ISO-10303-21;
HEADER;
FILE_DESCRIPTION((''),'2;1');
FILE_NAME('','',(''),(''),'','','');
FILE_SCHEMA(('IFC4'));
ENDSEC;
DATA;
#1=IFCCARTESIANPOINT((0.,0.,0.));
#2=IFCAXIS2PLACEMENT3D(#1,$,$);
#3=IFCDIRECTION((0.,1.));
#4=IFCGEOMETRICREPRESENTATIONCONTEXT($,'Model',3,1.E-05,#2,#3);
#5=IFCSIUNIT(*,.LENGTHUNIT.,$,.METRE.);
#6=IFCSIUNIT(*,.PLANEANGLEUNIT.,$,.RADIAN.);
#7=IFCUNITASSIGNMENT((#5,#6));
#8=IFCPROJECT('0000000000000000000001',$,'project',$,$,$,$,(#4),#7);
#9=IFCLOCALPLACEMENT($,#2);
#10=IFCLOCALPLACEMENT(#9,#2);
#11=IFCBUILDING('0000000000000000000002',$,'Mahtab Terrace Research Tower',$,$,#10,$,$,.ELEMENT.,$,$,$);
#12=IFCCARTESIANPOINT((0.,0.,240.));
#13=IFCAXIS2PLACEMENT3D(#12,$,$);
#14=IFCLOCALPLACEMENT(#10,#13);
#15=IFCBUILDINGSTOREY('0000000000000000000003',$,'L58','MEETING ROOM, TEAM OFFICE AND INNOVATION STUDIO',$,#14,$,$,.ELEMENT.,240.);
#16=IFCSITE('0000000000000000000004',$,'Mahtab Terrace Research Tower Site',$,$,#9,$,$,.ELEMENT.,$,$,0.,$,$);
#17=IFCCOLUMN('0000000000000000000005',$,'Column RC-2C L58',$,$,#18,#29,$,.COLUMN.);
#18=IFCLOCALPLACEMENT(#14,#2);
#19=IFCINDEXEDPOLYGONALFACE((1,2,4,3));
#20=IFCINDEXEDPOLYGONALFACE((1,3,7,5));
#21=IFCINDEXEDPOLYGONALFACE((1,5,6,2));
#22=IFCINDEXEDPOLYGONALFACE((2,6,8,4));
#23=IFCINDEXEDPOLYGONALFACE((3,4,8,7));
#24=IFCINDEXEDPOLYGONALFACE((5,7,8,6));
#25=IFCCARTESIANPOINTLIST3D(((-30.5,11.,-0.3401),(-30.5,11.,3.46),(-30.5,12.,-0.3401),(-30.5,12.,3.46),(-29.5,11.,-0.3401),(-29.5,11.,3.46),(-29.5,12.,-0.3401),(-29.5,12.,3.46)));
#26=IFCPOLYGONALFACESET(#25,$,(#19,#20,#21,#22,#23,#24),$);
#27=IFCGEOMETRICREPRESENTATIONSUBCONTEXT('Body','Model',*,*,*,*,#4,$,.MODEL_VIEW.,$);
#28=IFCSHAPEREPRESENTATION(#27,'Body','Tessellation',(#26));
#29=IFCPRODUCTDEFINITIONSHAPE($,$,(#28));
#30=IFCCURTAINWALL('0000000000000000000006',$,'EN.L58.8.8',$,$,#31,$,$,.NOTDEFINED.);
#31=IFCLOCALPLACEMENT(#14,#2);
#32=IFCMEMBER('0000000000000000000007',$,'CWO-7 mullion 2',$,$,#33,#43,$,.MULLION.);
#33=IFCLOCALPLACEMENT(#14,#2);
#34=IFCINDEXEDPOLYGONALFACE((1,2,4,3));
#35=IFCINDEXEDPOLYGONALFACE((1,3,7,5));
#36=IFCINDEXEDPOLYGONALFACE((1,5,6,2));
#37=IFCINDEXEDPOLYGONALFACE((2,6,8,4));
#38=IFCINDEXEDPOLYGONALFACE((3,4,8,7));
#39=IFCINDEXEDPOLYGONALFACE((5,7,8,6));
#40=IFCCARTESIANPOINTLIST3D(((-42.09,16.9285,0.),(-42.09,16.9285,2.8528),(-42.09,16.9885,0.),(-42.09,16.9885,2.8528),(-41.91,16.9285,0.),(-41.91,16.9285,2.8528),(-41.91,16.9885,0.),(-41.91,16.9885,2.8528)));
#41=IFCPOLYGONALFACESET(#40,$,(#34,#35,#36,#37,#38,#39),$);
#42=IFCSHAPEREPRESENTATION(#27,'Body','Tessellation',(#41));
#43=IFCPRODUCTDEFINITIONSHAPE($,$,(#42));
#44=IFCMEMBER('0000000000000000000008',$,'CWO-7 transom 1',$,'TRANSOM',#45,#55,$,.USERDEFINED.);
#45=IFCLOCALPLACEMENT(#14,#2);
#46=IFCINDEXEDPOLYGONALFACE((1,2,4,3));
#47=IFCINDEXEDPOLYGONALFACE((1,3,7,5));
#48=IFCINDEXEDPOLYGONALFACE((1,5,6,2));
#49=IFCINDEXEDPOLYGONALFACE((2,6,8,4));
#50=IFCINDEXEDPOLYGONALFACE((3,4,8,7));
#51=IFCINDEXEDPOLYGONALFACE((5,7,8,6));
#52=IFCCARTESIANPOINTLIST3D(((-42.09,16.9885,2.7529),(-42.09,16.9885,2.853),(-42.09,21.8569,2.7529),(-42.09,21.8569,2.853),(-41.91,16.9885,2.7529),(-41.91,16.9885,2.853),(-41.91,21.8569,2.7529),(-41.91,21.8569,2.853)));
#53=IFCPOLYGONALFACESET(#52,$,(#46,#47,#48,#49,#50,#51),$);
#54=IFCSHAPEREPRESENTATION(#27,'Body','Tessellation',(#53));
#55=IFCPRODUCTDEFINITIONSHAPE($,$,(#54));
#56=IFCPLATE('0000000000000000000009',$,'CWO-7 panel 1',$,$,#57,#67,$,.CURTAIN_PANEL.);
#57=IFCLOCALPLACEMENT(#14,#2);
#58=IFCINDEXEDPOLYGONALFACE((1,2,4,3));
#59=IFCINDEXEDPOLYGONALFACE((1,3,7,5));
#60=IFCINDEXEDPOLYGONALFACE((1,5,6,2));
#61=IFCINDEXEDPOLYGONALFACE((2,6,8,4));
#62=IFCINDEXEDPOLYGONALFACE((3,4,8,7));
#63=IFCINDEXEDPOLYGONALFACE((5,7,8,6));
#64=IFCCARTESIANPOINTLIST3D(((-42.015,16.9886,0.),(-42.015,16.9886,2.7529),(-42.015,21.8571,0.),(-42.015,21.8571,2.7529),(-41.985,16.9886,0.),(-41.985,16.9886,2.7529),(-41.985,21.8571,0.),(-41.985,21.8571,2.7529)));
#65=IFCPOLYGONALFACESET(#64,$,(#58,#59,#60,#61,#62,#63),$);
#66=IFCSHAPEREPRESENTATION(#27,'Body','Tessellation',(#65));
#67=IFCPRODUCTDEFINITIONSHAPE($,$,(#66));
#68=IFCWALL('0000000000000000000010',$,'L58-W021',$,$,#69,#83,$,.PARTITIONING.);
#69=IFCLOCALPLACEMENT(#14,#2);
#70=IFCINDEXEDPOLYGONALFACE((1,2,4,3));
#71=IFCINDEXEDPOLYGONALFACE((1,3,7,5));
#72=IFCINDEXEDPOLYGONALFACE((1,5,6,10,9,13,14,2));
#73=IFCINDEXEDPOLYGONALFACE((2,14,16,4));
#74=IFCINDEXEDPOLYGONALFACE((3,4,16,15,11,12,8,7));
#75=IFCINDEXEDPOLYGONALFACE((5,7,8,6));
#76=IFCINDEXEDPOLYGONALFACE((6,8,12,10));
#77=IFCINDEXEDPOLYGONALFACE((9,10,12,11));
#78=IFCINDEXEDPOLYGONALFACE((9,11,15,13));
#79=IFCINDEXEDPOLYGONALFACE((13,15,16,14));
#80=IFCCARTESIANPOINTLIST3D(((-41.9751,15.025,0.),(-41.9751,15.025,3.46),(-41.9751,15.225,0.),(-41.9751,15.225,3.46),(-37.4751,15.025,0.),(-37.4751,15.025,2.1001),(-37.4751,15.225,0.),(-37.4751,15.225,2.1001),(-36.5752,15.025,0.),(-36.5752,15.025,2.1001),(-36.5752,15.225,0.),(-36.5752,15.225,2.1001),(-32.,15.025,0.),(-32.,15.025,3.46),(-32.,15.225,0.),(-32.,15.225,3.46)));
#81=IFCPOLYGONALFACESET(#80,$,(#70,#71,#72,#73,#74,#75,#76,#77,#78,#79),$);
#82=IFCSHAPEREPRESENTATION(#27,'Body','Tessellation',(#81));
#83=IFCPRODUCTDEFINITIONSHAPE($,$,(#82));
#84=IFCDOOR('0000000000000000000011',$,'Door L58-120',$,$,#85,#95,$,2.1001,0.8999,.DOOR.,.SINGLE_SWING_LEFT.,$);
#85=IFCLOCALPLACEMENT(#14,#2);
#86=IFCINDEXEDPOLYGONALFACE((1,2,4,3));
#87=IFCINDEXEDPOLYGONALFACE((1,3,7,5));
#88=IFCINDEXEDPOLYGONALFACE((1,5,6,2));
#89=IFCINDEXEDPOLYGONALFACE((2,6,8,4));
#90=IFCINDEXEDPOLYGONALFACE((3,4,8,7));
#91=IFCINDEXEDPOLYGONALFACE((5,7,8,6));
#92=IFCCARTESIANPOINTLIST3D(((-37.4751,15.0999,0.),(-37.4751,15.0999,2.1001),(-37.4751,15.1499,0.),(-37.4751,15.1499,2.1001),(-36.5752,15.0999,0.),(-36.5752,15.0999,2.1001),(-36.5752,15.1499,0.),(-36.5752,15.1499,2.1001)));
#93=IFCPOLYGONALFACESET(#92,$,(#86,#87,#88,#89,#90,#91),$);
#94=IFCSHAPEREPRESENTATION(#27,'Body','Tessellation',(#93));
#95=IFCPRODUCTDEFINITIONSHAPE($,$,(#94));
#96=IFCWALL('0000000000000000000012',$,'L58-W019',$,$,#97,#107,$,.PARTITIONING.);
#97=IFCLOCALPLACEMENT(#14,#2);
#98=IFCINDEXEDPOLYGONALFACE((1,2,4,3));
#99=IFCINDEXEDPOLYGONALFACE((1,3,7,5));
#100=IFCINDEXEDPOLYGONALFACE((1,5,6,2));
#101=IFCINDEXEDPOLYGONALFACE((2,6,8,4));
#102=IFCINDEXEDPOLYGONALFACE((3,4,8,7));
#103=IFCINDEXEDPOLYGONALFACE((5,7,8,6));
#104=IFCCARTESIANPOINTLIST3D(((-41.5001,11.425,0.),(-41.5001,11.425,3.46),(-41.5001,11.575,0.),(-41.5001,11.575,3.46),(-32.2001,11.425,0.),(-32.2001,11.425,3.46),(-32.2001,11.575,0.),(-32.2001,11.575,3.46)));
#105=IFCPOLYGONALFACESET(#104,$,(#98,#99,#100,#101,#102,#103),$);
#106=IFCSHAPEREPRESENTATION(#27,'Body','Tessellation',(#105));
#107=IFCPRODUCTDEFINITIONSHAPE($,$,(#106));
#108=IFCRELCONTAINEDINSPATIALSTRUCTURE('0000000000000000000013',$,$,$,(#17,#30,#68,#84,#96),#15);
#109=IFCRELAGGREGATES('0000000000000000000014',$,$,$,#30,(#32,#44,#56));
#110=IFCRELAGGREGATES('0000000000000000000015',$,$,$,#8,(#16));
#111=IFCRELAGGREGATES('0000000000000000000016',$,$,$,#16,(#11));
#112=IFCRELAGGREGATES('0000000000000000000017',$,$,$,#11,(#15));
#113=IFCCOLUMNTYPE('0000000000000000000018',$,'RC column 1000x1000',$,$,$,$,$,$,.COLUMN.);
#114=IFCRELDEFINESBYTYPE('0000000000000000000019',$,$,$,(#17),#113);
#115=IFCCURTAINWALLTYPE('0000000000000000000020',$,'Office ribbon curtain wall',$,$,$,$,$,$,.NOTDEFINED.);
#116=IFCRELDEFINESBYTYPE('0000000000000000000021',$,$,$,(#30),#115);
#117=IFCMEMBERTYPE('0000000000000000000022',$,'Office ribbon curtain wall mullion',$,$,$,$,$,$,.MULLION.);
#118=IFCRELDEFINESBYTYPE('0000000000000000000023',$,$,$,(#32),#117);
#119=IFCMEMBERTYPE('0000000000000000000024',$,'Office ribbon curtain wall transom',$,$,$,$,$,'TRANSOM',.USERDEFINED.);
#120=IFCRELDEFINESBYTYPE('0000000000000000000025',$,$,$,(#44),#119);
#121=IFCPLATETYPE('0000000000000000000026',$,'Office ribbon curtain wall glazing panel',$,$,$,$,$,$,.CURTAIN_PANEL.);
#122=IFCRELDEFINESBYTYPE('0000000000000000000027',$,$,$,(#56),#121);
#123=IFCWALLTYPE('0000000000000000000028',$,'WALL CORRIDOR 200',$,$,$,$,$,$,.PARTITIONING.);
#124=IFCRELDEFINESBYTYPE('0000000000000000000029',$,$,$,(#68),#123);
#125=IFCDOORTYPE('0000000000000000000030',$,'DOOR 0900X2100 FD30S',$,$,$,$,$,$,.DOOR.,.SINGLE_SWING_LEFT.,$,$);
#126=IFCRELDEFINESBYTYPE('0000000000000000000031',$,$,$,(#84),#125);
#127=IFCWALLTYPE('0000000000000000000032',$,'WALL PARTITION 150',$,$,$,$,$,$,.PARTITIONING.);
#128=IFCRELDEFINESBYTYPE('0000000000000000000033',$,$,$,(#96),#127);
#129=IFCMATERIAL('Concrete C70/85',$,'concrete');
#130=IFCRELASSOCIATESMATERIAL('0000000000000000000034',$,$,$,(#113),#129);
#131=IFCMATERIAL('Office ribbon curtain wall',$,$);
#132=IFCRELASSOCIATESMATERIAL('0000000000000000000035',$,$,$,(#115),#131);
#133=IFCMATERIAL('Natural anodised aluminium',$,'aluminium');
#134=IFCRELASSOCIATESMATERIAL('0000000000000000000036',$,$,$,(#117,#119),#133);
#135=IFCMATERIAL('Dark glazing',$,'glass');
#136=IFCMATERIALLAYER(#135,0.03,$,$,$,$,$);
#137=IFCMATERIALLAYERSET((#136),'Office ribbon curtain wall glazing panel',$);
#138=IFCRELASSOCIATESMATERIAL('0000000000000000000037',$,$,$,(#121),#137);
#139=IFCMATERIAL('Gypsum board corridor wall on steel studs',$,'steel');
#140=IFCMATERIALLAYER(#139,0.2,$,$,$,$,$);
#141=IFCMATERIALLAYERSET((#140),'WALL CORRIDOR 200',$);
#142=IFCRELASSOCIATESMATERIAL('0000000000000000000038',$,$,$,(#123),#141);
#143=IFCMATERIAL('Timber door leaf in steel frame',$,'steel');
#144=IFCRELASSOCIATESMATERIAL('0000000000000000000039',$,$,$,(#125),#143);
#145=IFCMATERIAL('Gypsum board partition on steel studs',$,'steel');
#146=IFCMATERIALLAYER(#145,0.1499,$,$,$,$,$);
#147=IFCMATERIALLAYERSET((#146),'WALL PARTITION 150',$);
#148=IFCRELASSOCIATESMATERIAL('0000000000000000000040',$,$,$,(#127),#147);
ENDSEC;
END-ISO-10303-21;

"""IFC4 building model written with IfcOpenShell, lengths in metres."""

from ifc_helpers import new_model, si_unit, direction, frame, frame_2d, origin, origin_2d, place, context, subcontext, project, spatial, rectangle, extrude, material, layer, layer_set, material_profile, profile_set, type_object, element, fill, aggregate, save


model = new_model("IFC4")

# Units and contexts
model_context = context("Model", 3, precision=1e-05, world=origin(), true_north=direction((0.0, 1.0)))
body_context = subcontext(model_context, "Body", "Model", "MODEL_VIEW")
ifc_project = project(units=[si_unit("LENGTHUNIT", "METRE"), si_unit("PLANEANGLEUNIT", "RADIAN")], contexts=[model_context])

# Site, building, storey
site_placement = place(None, origin())
site = spatial("IfcSite", under=ifc_project, at=site_placement, Name="Mahtab Terrace Research Tower Site", CompositionType="ELEMENT", RefElevation=0.0)
building_placement = place(site_placement, origin())
building = spatial("IfcBuilding", under=site, at=building_placement, Name="Mahtab Terrace Research Tower", CompositionType="ELEMENT")
storey_placement = place(building_placement, frame((0.0, 0.0, 240.0)))
storey = spatial("IfcBuildingStorey", under=building, at=storey_placement, Name="L58", Description="MEETING ROOM, TEAM OFFICE AND INNOVATION STUDIO", CompositionType="ELEMENT", Elevation=240.0)

# Column
ifc_material_1 = material(Name="Concrete C70/85", Category="concrete")
ifc_material_profile_1 = material_profile(ifc_material_1, rectangle(XDim=1.0, YDim=1.0, at=origin_2d()), Name="RC column 1000x1000")
ifc_profile_set_1 = profile_set([ifc_material_profile_1], Name="Concrete C70/85")
column_type = type_object("IfcColumnType", Name="RC column 1000x1000", PredefinedType="COLUMN", material=ifc_profile_set_1)
column_placement = place(storey_placement, frame((-30.0, 11.5, -0.3401), z_axis=(0.0, 0.0, 1.0), x_axis=(1.0, 0.0, 0.0)))
element("IfcColumn", 1, at=column_placement, inside=storey, type_object=column_type, Name="Column RC-2C L58", PredefinedType="COLUMN", context=body_context, shape_type="SweptSolid", body=[
    extrude(rectangle(XDim=1.0, YDim=1.0, at=origin_2d()), origin(), (0.0, 0.0, 1.0), 3.8),
])

# Curtain wall, members, plate
ifc_material_2 = material(Name="Office ribbon curtain wall")
curtain_wall_type = type_object("IfcCurtainWallType", Name="Office ribbon curtain wall", PredefinedType="NOTDEFINED", material=ifc_material_2)
curtain_wall_placement = place(storey_placement, origin())
curtain_wall = element("IfcCurtainWall", 2, at=curtain_wall_placement, inside=storey, type_object=curtain_wall_type, Name="EN.L58.8.8", PredefinedType="NOTDEFINED")
ifc_material_3 = material(Name="Natural anodised aluminium", Category="aluminium")
ifc_material_profile_2 = material_profile(ifc_material_3, rectangle(XDim=0.1799, YDim=0.0601, at=origin_2d()), Name="MULLION 60x180")
ifc_profile_set_2 = profile_set([ifc_material_profile_2], Name="Natural anodised aluminium")
member_type_1 = type_object("IfcMemberType", Name="Office ribbon curtain wall mullion", PredefinedType="MULLION", material=ifc_profile_set_2)
member_1_placement = place(storey_placement, frame((-42.0, 16.9585, 0.0), z_axis=(0.0, 0.0, 1.0), x_axis=(1.0, 0.0, 0.0)))
member_1 = element("IfcMember", 3, at=member_1_placement, type_object=member_type_1, Name="CWO-7 mullion 2", PredefinedType="MULLION", context=body_context, shape_type="SweptSolid", body=[
    extrude(rectangle(XDim=0.1799, YDim=0.0601, at=origin_2d()), origin(), (0.0, 0.0, 1.0), 2.8528),
])
ifc_material_profile_3 = material_profile(ifc_material_3, rectangle(XDim=0.1799, YDim=0.1001, at=origin_2d()), Name="TRANSOM 100x180")
ifc_profile_set_3 = profile_set([ifc_material_profile_3], Name="Natural anodised aluminium")
member_type_2 = type_object("IfcMemberType", Name="Office ribbon curtain wall transom", ElementType="TRANSOM", PredefinedType="USERDEFINED", material=ifc_profile_set_3)
member_2_placement = place(storey_placement, frame((-42.0, 21.8569, 2.803), z_axis=(0.0, -1.0, 0.0), x_axis=(1.0, 0.0, 0.0)))
member_2 = element("IfcMember", 4, at=member_2_placement, type_object=member_type_2, Name="CWO-7 transom 1", ObjectType="TRANSOM", PredefinedType="USERDEFINED", context=body_context, shape_type="SweptSolid", body=[
    extrude(rectangle(XDim=0.1799, YDim=0.1001, at=origin_2d()), origin(), (0.0, 0.0, 1.0), 4.8684),
])
ifc_material_4 = material(Name="Dark glazing", Category="glass")
ifc_layer_1 = layer(ifc_material_4, 0.03)
ifc_layer_set_1 = layer_set([ifc_layer_1], Name="Office ribbon curtain wall glazing panel")
plate_type = type_object("IfcPlateType", Name="Office ribbon curtain wall glazing panel", PredefinedType="CURTAIN_PANEL", material=ifc_layer_set_1)
plate_placement = place(storey_placement, frame((-42.0, 19.4229, 0.0), z_axis=(0.0, 0.0, 1.0), x_axis=(0.0, -1.0, 0.0)))
plate = element("IfcPlate", 5, at=plate_placement, type_object=plate_type, Name="CWO-7 panel 1", PredefinedType="CURTAIN_PANEL", context=body_context, shape_type="SweptSolid", body=[
    extrude(rectangle(XDim=4.8684, YDim=0.03, at=origin_2d()), origin(), (0.0, 0.0, 1.0), 2.7529),
])
aggregate(curtain_wall, [member_1, member_2, plate])

# Wall, opening, door
ifc_material_5 = material(Name="Gypsum board corridor wall on steel studs", Category="steel")
ifc_layer_2 = layer(ifc_material_5, 0.2)
ifc_layer_set_2 = layer_set([ifc_layer_2], Name="WALL CORRIDOR 200")
wall_type_1 = type_object("IfcWallType", Name="WALL CORRIDOR 200", PredefinedType="PARTITIONING", material=ifc_layer_set_2)
wall_1_placement = place(storey_placement, frame((-41.9751, 15.125, 0.0), z_axis=(0.0, 0.0, 1.0), x_axis=(1.0, 0.0, 0.0)))
wall_1 = element("IfcWall", 6, at=wall_1_placement, inside=storey, type_object=wall_type_1, Name="L58-W021", PredefinedType="PARTITIONING", context=body_context, shape_type="SweptSolid", body=[
    extrude(rectangle(XDim=9.9751, YDim=0.2, at=frame_2d((4.9875, 0.0))), origin(), (0.0, 0.0, 1.0), 3.46),
])
opening_1_placement = place(wall_1_placement, frame((4.5, 0.0, 0.0)))
opening_1 = element("IfcOpeningElement", 7, at=opening_1_placement, cuts=wall_1, PredefinedType="OPENING", context=body_context, shape_type="SweptSolid", body=[
    extrude(rectangle(XDim=0.8999, YDim=2.1001, at=frame_2d((0.45, 1.05))), frame((0.0, 0.1099, 0.0), z_axis=(0.0, -1.0, 0.0), x_axis=(1.0, 0.0, 0.0)), (0.0, 0.0, 1.0), 0.22),
])
ifc_material_6 = material(Name="Timber door leaf in steel frame", Category="steel")
door_type_1 = type_object("IfcDoorType", Name="DOOR 0900X2100 FD30S", OperationType="SINGLE_SWING_LEFT", PredefinedType="DOOR", material=ifc_material_6)
door_1_placement = place(opening_1_placement, origin())
door_1 = element("IfcDoor", 8, at=door_1_placement, inside=storey, type_object=door_type_1, Name="Door L58-120", OperationType="SINGLE_SWING_LEFT", OverallHeight=2.1001, OverallWidth=0.8999, PredefinedType="DOOR", context=body_context, shape_type="SweptSolid", body=[
    extrude(rectangle(XDim=0.8999, YDim=2.1001, at=frame_2d((0.45, 1.05))), frame((0.0, 0.0249, 0.0), z_axis=(0.0, -1.0, 0.0), x_axis=(1.0, 0.0, 0.0)), (0.0, 0.0, 1.0), 0.05),
])
fill(opening_1, door_1)

# Wall
ifc_material_7 = material(Name="Gypsum board partition on steel studs", Category="steel")
ifc_layer_3 = layer(ifc_material_7, 0.1499)
ifc_layer_set_3 = layer_set([ifc_layer_3], Name="WALL PARTITION 150")
wall_type_2 = type_object("IfcWallType", Name="WALL PARTITION 150", PredefinedType="PARTITIONING", material=ifc_layer_set_3)
wall_2_placement = place(storey_placement, frame((-41.5, 11.5, 0.0), z_axis=(0.0, 0.0, 1.0), x_axis=(1.0, 0.0, 0.0)))
element("IfcWall", 9, at=wall_2_placement, inside=storey, type_object=wall_type_2, Name="L58-W019", PredefinedType="PARTITIONING", context=body_context, shape_type="SweptSolid", body=[
    extrude(rectangle(XDim=9.3, YDim=0.1499, at=frame_2d((4.6499, 0.0))), origin(), (0.0, 0.0, 1.0), 3.46),
])

save(model, "model.ifc")
